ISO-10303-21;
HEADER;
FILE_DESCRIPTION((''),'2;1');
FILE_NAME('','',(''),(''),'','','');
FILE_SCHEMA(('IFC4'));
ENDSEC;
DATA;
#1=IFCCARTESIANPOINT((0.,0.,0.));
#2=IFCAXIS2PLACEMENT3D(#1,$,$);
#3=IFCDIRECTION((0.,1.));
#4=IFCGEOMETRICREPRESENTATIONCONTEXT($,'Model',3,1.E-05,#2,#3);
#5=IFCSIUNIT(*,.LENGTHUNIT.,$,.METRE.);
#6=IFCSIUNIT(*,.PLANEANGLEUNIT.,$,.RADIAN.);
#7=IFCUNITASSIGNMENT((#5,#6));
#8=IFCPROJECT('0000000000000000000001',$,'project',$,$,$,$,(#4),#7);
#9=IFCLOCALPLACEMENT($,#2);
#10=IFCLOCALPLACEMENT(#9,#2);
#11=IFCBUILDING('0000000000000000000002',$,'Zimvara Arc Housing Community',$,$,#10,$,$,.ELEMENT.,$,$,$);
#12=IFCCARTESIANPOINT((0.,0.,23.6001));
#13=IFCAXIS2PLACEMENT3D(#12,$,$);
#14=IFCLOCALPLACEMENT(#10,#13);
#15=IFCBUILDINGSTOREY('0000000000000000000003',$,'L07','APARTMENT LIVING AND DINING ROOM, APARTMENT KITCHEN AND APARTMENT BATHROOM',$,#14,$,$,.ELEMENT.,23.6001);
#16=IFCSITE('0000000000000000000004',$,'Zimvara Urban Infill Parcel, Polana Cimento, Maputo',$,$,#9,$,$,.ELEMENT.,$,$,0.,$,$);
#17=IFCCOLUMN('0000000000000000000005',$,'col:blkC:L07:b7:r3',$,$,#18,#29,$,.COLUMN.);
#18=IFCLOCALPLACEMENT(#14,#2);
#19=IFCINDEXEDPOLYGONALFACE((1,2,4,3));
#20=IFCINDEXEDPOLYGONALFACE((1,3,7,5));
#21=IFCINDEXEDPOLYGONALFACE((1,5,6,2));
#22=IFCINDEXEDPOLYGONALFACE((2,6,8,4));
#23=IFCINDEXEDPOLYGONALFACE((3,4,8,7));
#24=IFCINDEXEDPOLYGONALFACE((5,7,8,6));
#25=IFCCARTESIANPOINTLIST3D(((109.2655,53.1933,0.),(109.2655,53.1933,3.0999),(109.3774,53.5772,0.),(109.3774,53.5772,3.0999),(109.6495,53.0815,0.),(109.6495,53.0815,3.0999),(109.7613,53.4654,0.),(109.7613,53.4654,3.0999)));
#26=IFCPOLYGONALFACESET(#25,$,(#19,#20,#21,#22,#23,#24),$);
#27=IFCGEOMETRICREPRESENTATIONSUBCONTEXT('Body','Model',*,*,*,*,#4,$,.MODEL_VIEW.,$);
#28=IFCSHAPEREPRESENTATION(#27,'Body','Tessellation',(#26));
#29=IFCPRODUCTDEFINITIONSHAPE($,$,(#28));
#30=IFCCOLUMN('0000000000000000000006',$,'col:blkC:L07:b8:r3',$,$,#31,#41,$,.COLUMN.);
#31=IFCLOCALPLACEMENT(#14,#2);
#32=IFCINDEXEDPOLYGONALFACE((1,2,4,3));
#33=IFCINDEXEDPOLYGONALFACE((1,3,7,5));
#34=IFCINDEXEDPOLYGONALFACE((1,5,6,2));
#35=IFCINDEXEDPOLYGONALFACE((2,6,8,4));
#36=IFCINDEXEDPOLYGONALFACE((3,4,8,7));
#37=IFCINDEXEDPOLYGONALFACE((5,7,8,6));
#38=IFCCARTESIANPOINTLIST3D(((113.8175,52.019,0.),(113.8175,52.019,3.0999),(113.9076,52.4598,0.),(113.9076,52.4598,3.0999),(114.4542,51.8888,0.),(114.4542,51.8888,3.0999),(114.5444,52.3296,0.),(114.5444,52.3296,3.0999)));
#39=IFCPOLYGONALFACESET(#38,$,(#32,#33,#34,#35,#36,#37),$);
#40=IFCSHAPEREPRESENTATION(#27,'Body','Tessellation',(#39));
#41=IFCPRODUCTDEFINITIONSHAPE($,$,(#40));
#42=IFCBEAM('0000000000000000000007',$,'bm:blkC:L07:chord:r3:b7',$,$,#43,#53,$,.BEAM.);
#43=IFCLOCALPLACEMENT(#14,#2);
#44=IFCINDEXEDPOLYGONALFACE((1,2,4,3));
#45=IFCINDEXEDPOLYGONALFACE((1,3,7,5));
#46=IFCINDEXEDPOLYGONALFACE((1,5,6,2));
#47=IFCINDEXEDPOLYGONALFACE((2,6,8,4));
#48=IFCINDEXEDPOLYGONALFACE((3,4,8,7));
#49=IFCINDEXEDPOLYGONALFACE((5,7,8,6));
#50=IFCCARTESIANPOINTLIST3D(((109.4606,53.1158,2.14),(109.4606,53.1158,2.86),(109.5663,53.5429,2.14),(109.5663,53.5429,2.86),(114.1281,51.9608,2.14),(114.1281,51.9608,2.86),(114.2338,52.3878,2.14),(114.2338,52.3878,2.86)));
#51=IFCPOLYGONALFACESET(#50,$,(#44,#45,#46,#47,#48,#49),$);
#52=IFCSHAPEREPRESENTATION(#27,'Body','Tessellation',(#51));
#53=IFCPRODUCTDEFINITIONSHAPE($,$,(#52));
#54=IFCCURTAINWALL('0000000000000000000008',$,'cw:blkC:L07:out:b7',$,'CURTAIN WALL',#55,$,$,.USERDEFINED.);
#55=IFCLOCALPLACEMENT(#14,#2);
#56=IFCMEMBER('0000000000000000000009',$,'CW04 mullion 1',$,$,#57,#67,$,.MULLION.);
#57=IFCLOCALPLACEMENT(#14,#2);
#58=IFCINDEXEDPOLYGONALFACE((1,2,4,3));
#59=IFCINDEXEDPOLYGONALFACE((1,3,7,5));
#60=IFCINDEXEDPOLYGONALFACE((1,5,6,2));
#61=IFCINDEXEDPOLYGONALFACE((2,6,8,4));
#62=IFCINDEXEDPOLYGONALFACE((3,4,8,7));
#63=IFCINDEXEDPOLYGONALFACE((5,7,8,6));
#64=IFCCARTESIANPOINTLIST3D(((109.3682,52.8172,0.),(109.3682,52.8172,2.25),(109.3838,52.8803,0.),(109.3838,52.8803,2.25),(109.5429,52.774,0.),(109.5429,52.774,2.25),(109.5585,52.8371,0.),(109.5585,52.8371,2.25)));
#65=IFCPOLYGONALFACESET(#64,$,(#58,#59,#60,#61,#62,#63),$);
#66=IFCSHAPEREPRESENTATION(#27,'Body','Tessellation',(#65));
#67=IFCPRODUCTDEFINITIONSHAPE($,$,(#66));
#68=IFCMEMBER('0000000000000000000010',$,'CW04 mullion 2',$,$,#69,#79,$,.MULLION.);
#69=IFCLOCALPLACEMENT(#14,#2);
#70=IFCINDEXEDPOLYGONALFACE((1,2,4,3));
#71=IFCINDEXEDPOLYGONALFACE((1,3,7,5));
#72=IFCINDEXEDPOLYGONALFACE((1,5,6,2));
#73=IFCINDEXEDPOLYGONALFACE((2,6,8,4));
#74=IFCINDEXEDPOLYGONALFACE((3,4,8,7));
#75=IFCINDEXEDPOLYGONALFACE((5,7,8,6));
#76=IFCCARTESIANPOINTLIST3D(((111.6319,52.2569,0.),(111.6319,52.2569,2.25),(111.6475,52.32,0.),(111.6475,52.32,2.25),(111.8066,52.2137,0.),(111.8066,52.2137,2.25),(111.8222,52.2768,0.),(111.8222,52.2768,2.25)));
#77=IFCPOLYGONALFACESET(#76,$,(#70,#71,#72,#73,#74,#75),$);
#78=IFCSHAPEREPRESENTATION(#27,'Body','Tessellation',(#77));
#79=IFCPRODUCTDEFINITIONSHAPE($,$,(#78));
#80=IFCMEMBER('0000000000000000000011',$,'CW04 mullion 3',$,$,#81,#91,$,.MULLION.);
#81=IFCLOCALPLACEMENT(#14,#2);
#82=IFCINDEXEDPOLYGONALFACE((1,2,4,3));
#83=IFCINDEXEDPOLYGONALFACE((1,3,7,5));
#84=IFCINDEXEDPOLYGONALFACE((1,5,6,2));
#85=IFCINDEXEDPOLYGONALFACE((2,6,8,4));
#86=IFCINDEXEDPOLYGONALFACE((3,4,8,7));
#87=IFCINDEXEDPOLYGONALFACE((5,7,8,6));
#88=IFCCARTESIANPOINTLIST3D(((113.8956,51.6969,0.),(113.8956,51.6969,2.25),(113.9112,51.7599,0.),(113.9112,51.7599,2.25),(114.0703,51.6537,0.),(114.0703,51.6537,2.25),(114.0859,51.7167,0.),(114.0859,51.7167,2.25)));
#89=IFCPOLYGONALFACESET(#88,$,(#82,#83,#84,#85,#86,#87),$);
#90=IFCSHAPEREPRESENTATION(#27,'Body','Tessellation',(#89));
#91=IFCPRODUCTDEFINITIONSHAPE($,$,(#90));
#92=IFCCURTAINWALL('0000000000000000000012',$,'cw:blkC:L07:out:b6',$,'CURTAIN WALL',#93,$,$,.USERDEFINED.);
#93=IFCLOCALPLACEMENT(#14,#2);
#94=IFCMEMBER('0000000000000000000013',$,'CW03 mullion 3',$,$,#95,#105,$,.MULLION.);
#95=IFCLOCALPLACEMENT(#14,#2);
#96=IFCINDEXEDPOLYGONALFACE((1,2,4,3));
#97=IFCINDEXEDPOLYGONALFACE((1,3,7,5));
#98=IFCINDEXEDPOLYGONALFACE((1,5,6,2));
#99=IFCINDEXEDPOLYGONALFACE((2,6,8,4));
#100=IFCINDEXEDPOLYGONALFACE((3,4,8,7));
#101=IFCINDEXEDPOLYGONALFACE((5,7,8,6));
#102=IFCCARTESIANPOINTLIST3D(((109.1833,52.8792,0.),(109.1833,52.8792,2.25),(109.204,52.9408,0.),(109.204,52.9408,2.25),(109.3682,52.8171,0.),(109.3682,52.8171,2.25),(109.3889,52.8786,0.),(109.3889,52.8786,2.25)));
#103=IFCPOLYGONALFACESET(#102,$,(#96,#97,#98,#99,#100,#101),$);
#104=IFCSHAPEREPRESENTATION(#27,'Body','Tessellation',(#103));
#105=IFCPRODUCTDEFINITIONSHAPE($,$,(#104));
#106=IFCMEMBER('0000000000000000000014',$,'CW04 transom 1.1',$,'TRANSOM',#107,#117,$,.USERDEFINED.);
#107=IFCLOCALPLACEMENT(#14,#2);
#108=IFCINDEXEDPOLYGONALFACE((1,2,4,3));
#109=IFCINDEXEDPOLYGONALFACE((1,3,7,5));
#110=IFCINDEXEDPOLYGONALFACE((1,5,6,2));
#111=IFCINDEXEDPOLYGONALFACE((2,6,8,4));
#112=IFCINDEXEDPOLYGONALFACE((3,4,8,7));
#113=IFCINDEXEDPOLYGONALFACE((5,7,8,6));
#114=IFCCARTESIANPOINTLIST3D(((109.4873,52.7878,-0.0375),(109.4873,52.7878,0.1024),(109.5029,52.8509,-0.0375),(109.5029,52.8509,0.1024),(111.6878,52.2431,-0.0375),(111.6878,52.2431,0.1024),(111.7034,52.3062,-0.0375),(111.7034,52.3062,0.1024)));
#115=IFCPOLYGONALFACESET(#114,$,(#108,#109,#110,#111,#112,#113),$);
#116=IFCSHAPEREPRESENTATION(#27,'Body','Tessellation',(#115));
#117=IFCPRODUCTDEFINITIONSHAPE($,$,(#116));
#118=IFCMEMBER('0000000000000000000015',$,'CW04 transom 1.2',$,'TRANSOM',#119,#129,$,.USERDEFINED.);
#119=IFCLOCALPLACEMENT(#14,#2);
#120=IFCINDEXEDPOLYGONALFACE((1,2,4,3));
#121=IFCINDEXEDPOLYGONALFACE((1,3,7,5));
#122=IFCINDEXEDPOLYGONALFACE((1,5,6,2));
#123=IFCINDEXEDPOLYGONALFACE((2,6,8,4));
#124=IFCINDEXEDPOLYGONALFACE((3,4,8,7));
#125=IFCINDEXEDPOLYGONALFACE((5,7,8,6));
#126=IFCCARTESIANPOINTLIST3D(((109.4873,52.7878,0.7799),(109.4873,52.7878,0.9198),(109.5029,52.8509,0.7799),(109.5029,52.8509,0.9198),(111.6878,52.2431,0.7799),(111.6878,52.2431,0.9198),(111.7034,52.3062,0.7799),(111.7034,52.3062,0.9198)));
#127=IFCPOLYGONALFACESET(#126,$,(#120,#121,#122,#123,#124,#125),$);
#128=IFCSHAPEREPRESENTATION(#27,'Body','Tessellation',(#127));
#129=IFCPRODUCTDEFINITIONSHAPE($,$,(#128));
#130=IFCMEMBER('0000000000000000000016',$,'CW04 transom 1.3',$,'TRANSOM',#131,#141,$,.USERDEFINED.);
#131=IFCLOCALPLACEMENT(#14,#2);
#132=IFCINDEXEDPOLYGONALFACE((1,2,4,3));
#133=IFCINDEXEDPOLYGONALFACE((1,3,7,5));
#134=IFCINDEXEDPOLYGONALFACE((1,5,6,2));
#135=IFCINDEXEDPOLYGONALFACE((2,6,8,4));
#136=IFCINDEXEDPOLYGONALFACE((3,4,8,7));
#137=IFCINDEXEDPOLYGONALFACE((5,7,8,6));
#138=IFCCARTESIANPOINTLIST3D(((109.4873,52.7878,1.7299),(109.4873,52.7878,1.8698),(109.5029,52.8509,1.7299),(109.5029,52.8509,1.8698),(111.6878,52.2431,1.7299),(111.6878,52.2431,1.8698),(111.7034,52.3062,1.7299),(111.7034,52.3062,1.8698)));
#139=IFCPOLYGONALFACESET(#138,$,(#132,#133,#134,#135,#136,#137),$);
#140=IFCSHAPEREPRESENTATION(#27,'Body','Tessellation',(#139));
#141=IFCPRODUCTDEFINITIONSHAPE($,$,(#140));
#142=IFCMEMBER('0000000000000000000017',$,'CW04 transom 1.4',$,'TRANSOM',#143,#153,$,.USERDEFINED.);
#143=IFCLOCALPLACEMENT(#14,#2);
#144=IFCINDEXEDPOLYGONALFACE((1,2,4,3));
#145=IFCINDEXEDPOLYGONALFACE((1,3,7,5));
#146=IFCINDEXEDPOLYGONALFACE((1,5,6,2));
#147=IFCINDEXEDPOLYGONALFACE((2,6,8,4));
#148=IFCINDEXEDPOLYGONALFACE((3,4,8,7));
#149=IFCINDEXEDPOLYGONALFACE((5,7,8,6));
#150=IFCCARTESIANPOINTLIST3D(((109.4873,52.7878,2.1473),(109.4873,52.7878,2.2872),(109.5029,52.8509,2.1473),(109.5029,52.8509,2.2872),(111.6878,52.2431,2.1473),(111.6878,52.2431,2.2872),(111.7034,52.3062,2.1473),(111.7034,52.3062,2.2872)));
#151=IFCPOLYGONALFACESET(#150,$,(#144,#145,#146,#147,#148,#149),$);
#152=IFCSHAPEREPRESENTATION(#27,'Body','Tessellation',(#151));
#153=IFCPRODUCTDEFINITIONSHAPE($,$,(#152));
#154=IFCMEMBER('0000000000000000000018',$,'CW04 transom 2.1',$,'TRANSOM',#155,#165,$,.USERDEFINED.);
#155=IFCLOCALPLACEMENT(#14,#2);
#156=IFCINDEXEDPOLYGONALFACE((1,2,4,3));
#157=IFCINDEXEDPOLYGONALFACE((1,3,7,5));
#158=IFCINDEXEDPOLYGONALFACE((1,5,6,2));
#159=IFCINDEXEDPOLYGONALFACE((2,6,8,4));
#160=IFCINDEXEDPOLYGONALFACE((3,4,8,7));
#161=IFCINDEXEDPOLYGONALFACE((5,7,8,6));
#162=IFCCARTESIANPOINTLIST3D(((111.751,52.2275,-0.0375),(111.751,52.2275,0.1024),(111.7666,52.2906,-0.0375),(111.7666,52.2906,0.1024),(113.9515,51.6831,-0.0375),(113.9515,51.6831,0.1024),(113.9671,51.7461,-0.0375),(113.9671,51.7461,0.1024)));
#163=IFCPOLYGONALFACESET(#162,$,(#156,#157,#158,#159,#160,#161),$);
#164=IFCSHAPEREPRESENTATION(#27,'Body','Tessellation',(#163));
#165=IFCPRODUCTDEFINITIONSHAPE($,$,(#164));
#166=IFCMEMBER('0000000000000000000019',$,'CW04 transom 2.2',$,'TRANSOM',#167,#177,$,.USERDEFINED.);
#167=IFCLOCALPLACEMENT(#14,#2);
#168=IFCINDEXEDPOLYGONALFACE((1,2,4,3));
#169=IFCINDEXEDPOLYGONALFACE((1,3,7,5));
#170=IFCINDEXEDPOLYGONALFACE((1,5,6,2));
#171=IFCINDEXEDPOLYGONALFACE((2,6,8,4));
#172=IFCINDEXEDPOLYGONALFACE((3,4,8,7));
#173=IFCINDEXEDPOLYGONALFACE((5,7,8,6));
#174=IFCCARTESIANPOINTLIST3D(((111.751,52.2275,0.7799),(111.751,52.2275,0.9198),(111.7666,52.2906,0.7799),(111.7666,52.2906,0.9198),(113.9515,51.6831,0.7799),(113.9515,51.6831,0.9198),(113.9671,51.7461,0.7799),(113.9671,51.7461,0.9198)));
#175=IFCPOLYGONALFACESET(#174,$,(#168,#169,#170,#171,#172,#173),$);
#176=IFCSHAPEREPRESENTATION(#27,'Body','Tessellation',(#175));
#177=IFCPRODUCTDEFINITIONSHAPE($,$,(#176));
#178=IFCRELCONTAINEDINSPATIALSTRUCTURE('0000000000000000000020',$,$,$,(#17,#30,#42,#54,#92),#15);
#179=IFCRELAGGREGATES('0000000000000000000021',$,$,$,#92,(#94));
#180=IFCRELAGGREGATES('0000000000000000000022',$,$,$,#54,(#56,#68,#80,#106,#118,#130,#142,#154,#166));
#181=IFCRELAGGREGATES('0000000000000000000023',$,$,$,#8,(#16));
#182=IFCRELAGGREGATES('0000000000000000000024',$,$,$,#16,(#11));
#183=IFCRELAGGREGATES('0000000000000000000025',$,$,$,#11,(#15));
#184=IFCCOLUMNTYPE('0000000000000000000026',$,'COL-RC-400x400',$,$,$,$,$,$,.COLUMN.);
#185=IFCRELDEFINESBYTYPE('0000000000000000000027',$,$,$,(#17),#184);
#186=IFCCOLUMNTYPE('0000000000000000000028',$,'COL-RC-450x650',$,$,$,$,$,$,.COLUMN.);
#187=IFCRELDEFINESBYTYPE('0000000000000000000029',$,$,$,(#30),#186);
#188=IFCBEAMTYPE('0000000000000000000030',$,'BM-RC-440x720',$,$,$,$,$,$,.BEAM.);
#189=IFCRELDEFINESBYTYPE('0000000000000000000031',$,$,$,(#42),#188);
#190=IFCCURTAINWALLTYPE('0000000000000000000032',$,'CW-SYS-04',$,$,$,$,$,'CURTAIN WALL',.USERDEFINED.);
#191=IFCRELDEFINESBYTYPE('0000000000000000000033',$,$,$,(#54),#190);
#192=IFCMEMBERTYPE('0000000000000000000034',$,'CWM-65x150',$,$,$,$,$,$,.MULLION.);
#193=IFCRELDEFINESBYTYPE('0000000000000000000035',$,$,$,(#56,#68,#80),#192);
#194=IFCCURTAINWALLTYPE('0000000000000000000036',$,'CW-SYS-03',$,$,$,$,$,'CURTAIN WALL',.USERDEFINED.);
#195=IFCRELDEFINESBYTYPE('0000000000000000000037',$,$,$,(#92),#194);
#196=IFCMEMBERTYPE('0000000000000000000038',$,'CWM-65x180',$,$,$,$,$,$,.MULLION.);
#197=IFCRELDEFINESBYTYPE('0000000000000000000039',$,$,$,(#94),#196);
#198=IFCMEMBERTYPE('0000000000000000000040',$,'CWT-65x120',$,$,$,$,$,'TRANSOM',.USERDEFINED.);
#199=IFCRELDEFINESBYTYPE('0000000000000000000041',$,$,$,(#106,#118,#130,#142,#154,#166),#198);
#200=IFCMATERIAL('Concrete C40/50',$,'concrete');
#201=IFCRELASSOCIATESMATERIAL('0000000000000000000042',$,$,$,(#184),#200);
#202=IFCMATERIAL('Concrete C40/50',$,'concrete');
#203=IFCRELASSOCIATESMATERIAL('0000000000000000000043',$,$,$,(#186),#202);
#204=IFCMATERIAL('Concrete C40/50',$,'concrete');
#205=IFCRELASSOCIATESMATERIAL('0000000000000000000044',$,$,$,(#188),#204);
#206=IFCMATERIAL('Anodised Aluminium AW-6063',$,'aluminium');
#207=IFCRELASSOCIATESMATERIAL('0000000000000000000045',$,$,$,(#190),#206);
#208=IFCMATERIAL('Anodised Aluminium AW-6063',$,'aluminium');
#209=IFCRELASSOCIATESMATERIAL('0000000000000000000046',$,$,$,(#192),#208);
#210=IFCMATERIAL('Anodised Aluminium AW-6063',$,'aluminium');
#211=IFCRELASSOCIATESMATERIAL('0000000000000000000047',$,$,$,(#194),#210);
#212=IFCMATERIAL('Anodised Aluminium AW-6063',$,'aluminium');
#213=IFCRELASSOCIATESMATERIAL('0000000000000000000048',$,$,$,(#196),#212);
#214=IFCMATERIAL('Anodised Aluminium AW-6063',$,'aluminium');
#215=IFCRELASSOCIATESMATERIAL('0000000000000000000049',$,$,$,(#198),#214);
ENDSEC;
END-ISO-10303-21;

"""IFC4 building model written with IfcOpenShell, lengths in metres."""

from ifc_helpers import new_model, si_unit, direction, frame, origin, origin_2d, place, context, subcontext, project, spatial, rectangle, extrude, material, material_profile, profile_set, type_object, element, aggregate, save


model = new_model("IFC4")

# Units and contexts
model_context = context("Model", 3, precision=1e-05, world=origin(), true_north=direction((0.0, 1.0)))
body_context = subcontext(model_context, "Body", "Model", "MODEL_VIEW")
ifc_project = project(units=[si_unit("LENGTHUNIT", "METRE"), si_unit("PLANEANGLEUNIT", "RADIAN")], contexts=[model_context])

# Site, building, storey
site_placement = place(None, origin())
site = spatial("IfcSite", under=ifc_project, at=site_placement, Name="Zimvara Urban Infill Parcel, Polana Cimento, Maputo", CompositionType="ELEMENT", RefElevation=0.0)
building_placement = place(site_placement, origin())
building = spatial("IfcBuilding", under=site, at=building_placement, Name="Zimvara Arc Housing Community", CompositionType="ELEMENT")
storey_placement = place(building_placement, frame((0.0, 0.0, 23.6001)))
storey = spatial("IfcBuildingStorey", under=building, at=storey_placement, Name="L07", Description="APARTMENT LIVING AND DINING ROOM, APARTMENT KITCHEN AND APARTMENT BATHROOM", CompositionType="ELEMENT", Elevation=23.6001)

# Columns
ifc_material_1 = material(Name="Concrete C40/50", Category="concrete")
ifc_material_profile_1 = material_profile(ifc_material_1, rectangle(XDim=0.3999, YDim=0.3999, at=origin_2d()), Name="RC 400x400")
ifc_profile_set_1 = profile_set([ifc_material_profile_1], Name="Concrete C40/50")
column_type_1 = type_object("IfcColumnType", Name="COL-RC-400x400", PredefinedType="COLUMN", material=ifc_profile_set_1)
column_1_placement = place(storey_placement, frame((109.5134, 53.3293, 0.0), z_axis=(0.0, 0.0, 1.0), x_axis=(-0.279661, -0.960099, 0.0)))
element("IfcColumn", 1, at=column_1_placement, inside=storey, type_object=column_type_1, Name="col:blkC:L07:b7:r3", PredefinedType="COLUMN", context=body_context, shape_type="SweptSolid", body=[
    extrude(rectangle(XDim=0.3999, YDim=0.3999, at=origin_2d()), origin(), (0.0, 0.0, 1.0), 3.0999),
])
ifc_material_2 = material(Name="Concrete C40/50", Category="concrete")
ifc_material_profile_2 = material_profile(ifc_material_2, rectangle(XDim=0.45, YDim=0.6499, at=origin_2d()), Name="RC 450x650")
ifc_profile_set_2 = profile_set([ifc_material_profile_2], Name="Concrete C40/50")
column_type_2 = type_object("IfcColumnType", Name="COL-RC-450x650", PredefinedType="COLUMN", material=ifc_profile_set_2)
column_2_placement = place(storey_placement, frame((114.1809, 52.1743, 0.0), z_axis=(0.0, 0.0, 1.0), x_axis=(-0.200394, -0.979715, 0.0)))
element("IfcColumn", 2, at=column_2_placement, inside=storey, type_object=column_type_2, Name="col:blkC:L07:b8:r3", PredefinedType="COLUMN", context=body_context, shape_type="SweptSolid", body=[
    extrude(rectangle(XDim=0.45, YDim=0.6499, at=origin_2d()), origin(), (0.0, 0.0, 1.0), 3.0999),
])

# Beam
ifc_material_3 = material(Name="Concrete C40/50", Category="concrete")
ifc_material_profile_3 = material_profile(ifc_material_3, rectangle(XDim=0.4399, YDim=0.72, at=origin_2d()), Name="RC 440x720")
ifc_profile_set_3 = profile_set([ifc_material_profile_3], Name="Concrete C40/50")
beam_type = type_object("IfcBeamType", Name="BM-RC-440x720", PredefinedType="BEAM", material=ifc_profile_set_3)
beam_placement = place(storey_placement, frame((109.5134, 53.3293, 2.5), z_axis=(0.970719, -0.240217, 0.0), x_axis=(0.240217, 0.970719, 0.0)))
element("IfcBeam", 3, at=beam_placement, inside=storey, type_object=beam_type, Name="bm:blkC:L07:chord:r3:b7", PredefinedType="BEAM", context=body_context, shape_type="SweptSolid", body=[
    extrude(rectangle(XDim=0.4399, YDim=0.72, at=origin_2d()), origin(), (0.0, 0.0, 1.0), 4.8083),
])

# Curtain wall, members
ifc_material_4 = material(Name="Anodised Aluminium AW-6063", Category="aluminium")
curtain_wall_type_1 = type_object("IfcCurtainWallType", Name="CW-SYS-04", ElementType="CURTAIN WALL", PredefinedType="USERDEFINED", material=ifc_material_4)
curtain_wall_1_placement = place(storey_placement, origin())
curtain_wall_1 = element("IfcCurtainWall", 4, at=curtain_wall_1_placement, inside=storey, type_object=curtain_wall_type_1, Name="cw:blkC:L07:out:b7", ObjectType="CURTAIN WALL", PredefinedType="USERDEFINED")
ifc_material_5 = material(Name="Anodised Aluminium AW-6063", Category="aluminium")
ifc_material_profile_4 = material_profile(ifc_material_5, rectangle(XDim=0.0649, YDim=0.1799, at=origin_2d()), Name="ALU 65x180")
ifc_profile_set_4 = profile_set([ifc_material_profile_4], Name="Anodised Aluminium AW-6063")
member_type_1 = type_object("IfcMemberType", Name="CWM-65x150", PredefinedType="MULLION", material=ifc_profile_set_4)
member_1_placement = place(storey_placement, frame((109.4634, 52.8271, 0.0), z_axis=(0.0, 0.0, 1.0), x_axis=(0.24023, 0.970716, 0.0)))
member_1 = element("IfcMember", 5, at=member_1_placement, type_object=member_type_1, Name="CW04 mullion 1", PredefinedType="MULLION", context=body_context, shape_type="SweptSolid", body=[
    extrude(rectangle(XDim=0.0649, YDim=0.1799, at=origin_2d()), origin(), (0.0, 0.0, 1.0), 2.25),
])
member_2_placement = place(storey_placement, frame((111.7271, 52.2668, 0.0), z_axis=(0.0, 0.0, 1.0), x_axis=(0.24023, 0.970716, 0.0)))
member_2 = element("IfcMember", 6, at=member_2_placement, type_object=member_type_1, Name="CW04 mullion 2", PredefinedType="MULLION", context=body_context, shape_type="SweptSolid", body=[
    extrude(rectangle(XDim=0.0649, YDim=0.1799, at=origin_2d()), origin(), (0.0, 0.0, 1.0), 2.25),
])
member_3_placement = place(storey_placement, frame((113.9907, 51.7068, 0.0), z_axis=(0.0, 0.0, 1.0), x_axis=(0.24023, 0.970716, 0.0)))
member_3 = element("IfcMember", 7, at=member_3_placement, type_object=member_type_1, Name="CW04 mullion 3", PredefinedType="MULLION", context=body_context, shape_type="SweptSolid", body=[
    extrude(rectangle(XDim=0.0649, YDim=0.1799, at=origin_2d()), origin(), (0.0, 0.0, 1.0), 2.25),
])

# Curtain wall, member
ifc_material_6 = material(Name="Anodised Aluminium AW-6063", Category="aluminium")
curtain_wall_type_2 = type_object("IfcCurtainWallType", Name="CW-SYS-03", ElementType="CURTAIN WALL", PredefinedType="USERDEFINED", material=ifc_material_6)
curtain_wall_2_placement = place(storey_placement, origin())
curtain_wall_2 = element("IfcCurtainWall", 8, at=curtain_wall_2_placement, inside=storey, type_object=curtain_wall_type_2, Name="cw:blkC:L07:out:b6", ObjectType="CURTAIN WALL", PredefinedType="USERDEFINED")
ifc_material_7 = material(Name="Anodised Aluminium AW-6063", Category="aluminium")
ifc_material_profile_5 = material_profile(ifc_material_7, rectangle(XDim=0.0649, YDim=0.1951, at=origin_2d()), Name="ALU 65x195")
ifc_profile_set_5 = profile_set([ifc_material_profile_5], Name="Anodised Aluminium AW-6063")
member_type_2 = type_object("IfcMemberType", Name="CWM-65x180", PredefinedType="MULLION", material=ifc_profile_set_5)
member_4_placement = place(storey_placement, frame((109.2861, 52.8789, 0.0), z_axis=(0.0, 0.0, 1.0), x_axis=(0.318629, 0.94788, 0.0)))
member_4 = element("IfcMember", 9, at=member_4_placement, type_object=member_type_2, Name="CW03 mullion 3", PredefinedType="MULLION", context=body_context, shape_type="SweptSolid", body=[
    extrude(rectangle(XDim=0.0649, YDim=0.1951, at=origin_2d()), origin(), (0.0, 0.0, 1.0), 2.25),
])
aggregate(curtain_wall_2, [member_4])

# Members
ifc_material_8 = material(Name="Anodised Aluminium AW-6063", Category="aluminium")
ifc_material_profile_6 = material_profile(ifc_material_8, rectangle(XDim=0.0649, YDim=0.1399, at=origin_2d()), Name="ALU 65x140")
ifc_profile_set_6 = profile_set([ifc_material_profile_6], Name="Anodised Aluminium AW-6063")
member_type_3 = type_object("IfcMemberType", Name="CWT-65x120", ElementType="TRANSOM", PredefinedType="USERDEFINED", material=ifc_profile_set_6)
member_5_placement = place(storey_placement, frame((109.4951, 52.8193, 0.0325), z_axis=(0.970704, -0.24028, 0.0), x_axis=(0.24028, 0.970704, 0.0)))
member_5 = element("IfcMember", 10, at=member_5_placement, type_object=member_type_3, Name="CW04 transom 1.1", ObjectType="TRANSOM", PredefinedType="USERDEFINED", context=body_context, shape_type="SweptSolid", body=[
    extrude(rectangle(XDim=0.0649, YDim=0.1399, at=origin_2d()), origin(), (0.0, 0.0, 1.0), 2.2668),
])
member_6_placement = place(storey_placement, frame((109.4951, 52.8193, 0.8499), z_axis=(0.970704, -0.24028, 0.0), x_axis=(0.24028, 0.970704, 0.0)))
member_6 = element("IfcMember", 11, at=member_6_placement, type_object=member_type_3, Name="CW04 transom 1.2", ObjectType="TRANSOM", PredefinedType="USERDEFINED", context=body_context, shape_type="SweptSolid", body=[
    extrude(rectangle(XDim=0.0649, YDim=0.1399, at=origin_2d()), origin(), (0.0, 0.0, 1.0), 2.2668),
])
member_7_placement = place(storey_placement, frame((109.4951, 52.8193, 1.7998), z_axis=(0.970704, -0.24028, 0.0), x_axis=(0.24028, 0.970704, 0.0)))
member_7 = element("IfcMember", 12, at=member_7_placement, type_object=member_type_3, Name="CW04 transom 1.3", ObjectType="TRANSOM", PredefinedType="USERDEFINED", context=body_context, shape_type="SweptSolid", body=[
    extrude(rectangle(XDim=0.0649, YDim=0.1399, at=origin_2d()), origin(), (0.0, 0.0, 1.0), 2.2668),
])
member_8_placement = place(storey_placement, frame((109.4951, 52.8193, 2.2173), z_axis=(0.970704, -0.24028, 0.0), x_axis=(0.24028, 0.970704, 0.0)))
member_8 = element("IfcMember", 13, at=member_8_placement, type_object=member_type_3, Name="CW04 transom 1.4", ObjectType="TRANSOM", PredefinedType="USERDEFINED", context=body_context, shape_type="SweptSolid", body=[
    extrude(rectangle(XDim=0.0649, YDim=0.1399, at=origin_2d()), origin(), (0.0, 0.0, 1.0), 2.2668),
])
member_9_placement = place(storey_placement, frame((111.7588, 52.259, 0.0325), z_axis=(0.970729, -0.240178, 0.0), x_axis=(0.240178, 0.970729, 0.0)))
member_9 = element("IfcMember", 14, at=member_9_placement, type_object=member_type_3, Name="CW04 transom 2.1", ObjectType="TRANSOM", PredefinedType="USERDEFINED", context=body_context, shape_type="SweptSolid", body=[
    extrude(rectangle(XDim=0.0649, YDim=0.1399, at=origin_2d()), origin(), (0.0, 0.0, 1.0), 2.2668),
])
member_10_placement = place(storey_placement, frame((111.7588, 52.259, 0.8499), z_axis=(0.970729, -0.240178, 0.0), x_axis=(0.240178, 0.970729, 0.0)))
member_10 = element("IfcMember", 15, at=member_10_placement, type_object=member_type_3, Name="CW04 transom 2.2", ObjectType="TRANSOM", PredefinedType="USERDEFINED", context=body_context, shape_type="SweptSolid", body=[
    extrude(rectangle(XDim=0.0649, YDim=0.1399, at=origin_2d()), origin(), (0.0, 0.0, 1.0), 2.2668),
])

aggregate(curtain_wall_1, [member_1, member_2, member_3, member_5, member_6, member_7, member_8, member_9, member_10])

save(model, "model.ifc")
